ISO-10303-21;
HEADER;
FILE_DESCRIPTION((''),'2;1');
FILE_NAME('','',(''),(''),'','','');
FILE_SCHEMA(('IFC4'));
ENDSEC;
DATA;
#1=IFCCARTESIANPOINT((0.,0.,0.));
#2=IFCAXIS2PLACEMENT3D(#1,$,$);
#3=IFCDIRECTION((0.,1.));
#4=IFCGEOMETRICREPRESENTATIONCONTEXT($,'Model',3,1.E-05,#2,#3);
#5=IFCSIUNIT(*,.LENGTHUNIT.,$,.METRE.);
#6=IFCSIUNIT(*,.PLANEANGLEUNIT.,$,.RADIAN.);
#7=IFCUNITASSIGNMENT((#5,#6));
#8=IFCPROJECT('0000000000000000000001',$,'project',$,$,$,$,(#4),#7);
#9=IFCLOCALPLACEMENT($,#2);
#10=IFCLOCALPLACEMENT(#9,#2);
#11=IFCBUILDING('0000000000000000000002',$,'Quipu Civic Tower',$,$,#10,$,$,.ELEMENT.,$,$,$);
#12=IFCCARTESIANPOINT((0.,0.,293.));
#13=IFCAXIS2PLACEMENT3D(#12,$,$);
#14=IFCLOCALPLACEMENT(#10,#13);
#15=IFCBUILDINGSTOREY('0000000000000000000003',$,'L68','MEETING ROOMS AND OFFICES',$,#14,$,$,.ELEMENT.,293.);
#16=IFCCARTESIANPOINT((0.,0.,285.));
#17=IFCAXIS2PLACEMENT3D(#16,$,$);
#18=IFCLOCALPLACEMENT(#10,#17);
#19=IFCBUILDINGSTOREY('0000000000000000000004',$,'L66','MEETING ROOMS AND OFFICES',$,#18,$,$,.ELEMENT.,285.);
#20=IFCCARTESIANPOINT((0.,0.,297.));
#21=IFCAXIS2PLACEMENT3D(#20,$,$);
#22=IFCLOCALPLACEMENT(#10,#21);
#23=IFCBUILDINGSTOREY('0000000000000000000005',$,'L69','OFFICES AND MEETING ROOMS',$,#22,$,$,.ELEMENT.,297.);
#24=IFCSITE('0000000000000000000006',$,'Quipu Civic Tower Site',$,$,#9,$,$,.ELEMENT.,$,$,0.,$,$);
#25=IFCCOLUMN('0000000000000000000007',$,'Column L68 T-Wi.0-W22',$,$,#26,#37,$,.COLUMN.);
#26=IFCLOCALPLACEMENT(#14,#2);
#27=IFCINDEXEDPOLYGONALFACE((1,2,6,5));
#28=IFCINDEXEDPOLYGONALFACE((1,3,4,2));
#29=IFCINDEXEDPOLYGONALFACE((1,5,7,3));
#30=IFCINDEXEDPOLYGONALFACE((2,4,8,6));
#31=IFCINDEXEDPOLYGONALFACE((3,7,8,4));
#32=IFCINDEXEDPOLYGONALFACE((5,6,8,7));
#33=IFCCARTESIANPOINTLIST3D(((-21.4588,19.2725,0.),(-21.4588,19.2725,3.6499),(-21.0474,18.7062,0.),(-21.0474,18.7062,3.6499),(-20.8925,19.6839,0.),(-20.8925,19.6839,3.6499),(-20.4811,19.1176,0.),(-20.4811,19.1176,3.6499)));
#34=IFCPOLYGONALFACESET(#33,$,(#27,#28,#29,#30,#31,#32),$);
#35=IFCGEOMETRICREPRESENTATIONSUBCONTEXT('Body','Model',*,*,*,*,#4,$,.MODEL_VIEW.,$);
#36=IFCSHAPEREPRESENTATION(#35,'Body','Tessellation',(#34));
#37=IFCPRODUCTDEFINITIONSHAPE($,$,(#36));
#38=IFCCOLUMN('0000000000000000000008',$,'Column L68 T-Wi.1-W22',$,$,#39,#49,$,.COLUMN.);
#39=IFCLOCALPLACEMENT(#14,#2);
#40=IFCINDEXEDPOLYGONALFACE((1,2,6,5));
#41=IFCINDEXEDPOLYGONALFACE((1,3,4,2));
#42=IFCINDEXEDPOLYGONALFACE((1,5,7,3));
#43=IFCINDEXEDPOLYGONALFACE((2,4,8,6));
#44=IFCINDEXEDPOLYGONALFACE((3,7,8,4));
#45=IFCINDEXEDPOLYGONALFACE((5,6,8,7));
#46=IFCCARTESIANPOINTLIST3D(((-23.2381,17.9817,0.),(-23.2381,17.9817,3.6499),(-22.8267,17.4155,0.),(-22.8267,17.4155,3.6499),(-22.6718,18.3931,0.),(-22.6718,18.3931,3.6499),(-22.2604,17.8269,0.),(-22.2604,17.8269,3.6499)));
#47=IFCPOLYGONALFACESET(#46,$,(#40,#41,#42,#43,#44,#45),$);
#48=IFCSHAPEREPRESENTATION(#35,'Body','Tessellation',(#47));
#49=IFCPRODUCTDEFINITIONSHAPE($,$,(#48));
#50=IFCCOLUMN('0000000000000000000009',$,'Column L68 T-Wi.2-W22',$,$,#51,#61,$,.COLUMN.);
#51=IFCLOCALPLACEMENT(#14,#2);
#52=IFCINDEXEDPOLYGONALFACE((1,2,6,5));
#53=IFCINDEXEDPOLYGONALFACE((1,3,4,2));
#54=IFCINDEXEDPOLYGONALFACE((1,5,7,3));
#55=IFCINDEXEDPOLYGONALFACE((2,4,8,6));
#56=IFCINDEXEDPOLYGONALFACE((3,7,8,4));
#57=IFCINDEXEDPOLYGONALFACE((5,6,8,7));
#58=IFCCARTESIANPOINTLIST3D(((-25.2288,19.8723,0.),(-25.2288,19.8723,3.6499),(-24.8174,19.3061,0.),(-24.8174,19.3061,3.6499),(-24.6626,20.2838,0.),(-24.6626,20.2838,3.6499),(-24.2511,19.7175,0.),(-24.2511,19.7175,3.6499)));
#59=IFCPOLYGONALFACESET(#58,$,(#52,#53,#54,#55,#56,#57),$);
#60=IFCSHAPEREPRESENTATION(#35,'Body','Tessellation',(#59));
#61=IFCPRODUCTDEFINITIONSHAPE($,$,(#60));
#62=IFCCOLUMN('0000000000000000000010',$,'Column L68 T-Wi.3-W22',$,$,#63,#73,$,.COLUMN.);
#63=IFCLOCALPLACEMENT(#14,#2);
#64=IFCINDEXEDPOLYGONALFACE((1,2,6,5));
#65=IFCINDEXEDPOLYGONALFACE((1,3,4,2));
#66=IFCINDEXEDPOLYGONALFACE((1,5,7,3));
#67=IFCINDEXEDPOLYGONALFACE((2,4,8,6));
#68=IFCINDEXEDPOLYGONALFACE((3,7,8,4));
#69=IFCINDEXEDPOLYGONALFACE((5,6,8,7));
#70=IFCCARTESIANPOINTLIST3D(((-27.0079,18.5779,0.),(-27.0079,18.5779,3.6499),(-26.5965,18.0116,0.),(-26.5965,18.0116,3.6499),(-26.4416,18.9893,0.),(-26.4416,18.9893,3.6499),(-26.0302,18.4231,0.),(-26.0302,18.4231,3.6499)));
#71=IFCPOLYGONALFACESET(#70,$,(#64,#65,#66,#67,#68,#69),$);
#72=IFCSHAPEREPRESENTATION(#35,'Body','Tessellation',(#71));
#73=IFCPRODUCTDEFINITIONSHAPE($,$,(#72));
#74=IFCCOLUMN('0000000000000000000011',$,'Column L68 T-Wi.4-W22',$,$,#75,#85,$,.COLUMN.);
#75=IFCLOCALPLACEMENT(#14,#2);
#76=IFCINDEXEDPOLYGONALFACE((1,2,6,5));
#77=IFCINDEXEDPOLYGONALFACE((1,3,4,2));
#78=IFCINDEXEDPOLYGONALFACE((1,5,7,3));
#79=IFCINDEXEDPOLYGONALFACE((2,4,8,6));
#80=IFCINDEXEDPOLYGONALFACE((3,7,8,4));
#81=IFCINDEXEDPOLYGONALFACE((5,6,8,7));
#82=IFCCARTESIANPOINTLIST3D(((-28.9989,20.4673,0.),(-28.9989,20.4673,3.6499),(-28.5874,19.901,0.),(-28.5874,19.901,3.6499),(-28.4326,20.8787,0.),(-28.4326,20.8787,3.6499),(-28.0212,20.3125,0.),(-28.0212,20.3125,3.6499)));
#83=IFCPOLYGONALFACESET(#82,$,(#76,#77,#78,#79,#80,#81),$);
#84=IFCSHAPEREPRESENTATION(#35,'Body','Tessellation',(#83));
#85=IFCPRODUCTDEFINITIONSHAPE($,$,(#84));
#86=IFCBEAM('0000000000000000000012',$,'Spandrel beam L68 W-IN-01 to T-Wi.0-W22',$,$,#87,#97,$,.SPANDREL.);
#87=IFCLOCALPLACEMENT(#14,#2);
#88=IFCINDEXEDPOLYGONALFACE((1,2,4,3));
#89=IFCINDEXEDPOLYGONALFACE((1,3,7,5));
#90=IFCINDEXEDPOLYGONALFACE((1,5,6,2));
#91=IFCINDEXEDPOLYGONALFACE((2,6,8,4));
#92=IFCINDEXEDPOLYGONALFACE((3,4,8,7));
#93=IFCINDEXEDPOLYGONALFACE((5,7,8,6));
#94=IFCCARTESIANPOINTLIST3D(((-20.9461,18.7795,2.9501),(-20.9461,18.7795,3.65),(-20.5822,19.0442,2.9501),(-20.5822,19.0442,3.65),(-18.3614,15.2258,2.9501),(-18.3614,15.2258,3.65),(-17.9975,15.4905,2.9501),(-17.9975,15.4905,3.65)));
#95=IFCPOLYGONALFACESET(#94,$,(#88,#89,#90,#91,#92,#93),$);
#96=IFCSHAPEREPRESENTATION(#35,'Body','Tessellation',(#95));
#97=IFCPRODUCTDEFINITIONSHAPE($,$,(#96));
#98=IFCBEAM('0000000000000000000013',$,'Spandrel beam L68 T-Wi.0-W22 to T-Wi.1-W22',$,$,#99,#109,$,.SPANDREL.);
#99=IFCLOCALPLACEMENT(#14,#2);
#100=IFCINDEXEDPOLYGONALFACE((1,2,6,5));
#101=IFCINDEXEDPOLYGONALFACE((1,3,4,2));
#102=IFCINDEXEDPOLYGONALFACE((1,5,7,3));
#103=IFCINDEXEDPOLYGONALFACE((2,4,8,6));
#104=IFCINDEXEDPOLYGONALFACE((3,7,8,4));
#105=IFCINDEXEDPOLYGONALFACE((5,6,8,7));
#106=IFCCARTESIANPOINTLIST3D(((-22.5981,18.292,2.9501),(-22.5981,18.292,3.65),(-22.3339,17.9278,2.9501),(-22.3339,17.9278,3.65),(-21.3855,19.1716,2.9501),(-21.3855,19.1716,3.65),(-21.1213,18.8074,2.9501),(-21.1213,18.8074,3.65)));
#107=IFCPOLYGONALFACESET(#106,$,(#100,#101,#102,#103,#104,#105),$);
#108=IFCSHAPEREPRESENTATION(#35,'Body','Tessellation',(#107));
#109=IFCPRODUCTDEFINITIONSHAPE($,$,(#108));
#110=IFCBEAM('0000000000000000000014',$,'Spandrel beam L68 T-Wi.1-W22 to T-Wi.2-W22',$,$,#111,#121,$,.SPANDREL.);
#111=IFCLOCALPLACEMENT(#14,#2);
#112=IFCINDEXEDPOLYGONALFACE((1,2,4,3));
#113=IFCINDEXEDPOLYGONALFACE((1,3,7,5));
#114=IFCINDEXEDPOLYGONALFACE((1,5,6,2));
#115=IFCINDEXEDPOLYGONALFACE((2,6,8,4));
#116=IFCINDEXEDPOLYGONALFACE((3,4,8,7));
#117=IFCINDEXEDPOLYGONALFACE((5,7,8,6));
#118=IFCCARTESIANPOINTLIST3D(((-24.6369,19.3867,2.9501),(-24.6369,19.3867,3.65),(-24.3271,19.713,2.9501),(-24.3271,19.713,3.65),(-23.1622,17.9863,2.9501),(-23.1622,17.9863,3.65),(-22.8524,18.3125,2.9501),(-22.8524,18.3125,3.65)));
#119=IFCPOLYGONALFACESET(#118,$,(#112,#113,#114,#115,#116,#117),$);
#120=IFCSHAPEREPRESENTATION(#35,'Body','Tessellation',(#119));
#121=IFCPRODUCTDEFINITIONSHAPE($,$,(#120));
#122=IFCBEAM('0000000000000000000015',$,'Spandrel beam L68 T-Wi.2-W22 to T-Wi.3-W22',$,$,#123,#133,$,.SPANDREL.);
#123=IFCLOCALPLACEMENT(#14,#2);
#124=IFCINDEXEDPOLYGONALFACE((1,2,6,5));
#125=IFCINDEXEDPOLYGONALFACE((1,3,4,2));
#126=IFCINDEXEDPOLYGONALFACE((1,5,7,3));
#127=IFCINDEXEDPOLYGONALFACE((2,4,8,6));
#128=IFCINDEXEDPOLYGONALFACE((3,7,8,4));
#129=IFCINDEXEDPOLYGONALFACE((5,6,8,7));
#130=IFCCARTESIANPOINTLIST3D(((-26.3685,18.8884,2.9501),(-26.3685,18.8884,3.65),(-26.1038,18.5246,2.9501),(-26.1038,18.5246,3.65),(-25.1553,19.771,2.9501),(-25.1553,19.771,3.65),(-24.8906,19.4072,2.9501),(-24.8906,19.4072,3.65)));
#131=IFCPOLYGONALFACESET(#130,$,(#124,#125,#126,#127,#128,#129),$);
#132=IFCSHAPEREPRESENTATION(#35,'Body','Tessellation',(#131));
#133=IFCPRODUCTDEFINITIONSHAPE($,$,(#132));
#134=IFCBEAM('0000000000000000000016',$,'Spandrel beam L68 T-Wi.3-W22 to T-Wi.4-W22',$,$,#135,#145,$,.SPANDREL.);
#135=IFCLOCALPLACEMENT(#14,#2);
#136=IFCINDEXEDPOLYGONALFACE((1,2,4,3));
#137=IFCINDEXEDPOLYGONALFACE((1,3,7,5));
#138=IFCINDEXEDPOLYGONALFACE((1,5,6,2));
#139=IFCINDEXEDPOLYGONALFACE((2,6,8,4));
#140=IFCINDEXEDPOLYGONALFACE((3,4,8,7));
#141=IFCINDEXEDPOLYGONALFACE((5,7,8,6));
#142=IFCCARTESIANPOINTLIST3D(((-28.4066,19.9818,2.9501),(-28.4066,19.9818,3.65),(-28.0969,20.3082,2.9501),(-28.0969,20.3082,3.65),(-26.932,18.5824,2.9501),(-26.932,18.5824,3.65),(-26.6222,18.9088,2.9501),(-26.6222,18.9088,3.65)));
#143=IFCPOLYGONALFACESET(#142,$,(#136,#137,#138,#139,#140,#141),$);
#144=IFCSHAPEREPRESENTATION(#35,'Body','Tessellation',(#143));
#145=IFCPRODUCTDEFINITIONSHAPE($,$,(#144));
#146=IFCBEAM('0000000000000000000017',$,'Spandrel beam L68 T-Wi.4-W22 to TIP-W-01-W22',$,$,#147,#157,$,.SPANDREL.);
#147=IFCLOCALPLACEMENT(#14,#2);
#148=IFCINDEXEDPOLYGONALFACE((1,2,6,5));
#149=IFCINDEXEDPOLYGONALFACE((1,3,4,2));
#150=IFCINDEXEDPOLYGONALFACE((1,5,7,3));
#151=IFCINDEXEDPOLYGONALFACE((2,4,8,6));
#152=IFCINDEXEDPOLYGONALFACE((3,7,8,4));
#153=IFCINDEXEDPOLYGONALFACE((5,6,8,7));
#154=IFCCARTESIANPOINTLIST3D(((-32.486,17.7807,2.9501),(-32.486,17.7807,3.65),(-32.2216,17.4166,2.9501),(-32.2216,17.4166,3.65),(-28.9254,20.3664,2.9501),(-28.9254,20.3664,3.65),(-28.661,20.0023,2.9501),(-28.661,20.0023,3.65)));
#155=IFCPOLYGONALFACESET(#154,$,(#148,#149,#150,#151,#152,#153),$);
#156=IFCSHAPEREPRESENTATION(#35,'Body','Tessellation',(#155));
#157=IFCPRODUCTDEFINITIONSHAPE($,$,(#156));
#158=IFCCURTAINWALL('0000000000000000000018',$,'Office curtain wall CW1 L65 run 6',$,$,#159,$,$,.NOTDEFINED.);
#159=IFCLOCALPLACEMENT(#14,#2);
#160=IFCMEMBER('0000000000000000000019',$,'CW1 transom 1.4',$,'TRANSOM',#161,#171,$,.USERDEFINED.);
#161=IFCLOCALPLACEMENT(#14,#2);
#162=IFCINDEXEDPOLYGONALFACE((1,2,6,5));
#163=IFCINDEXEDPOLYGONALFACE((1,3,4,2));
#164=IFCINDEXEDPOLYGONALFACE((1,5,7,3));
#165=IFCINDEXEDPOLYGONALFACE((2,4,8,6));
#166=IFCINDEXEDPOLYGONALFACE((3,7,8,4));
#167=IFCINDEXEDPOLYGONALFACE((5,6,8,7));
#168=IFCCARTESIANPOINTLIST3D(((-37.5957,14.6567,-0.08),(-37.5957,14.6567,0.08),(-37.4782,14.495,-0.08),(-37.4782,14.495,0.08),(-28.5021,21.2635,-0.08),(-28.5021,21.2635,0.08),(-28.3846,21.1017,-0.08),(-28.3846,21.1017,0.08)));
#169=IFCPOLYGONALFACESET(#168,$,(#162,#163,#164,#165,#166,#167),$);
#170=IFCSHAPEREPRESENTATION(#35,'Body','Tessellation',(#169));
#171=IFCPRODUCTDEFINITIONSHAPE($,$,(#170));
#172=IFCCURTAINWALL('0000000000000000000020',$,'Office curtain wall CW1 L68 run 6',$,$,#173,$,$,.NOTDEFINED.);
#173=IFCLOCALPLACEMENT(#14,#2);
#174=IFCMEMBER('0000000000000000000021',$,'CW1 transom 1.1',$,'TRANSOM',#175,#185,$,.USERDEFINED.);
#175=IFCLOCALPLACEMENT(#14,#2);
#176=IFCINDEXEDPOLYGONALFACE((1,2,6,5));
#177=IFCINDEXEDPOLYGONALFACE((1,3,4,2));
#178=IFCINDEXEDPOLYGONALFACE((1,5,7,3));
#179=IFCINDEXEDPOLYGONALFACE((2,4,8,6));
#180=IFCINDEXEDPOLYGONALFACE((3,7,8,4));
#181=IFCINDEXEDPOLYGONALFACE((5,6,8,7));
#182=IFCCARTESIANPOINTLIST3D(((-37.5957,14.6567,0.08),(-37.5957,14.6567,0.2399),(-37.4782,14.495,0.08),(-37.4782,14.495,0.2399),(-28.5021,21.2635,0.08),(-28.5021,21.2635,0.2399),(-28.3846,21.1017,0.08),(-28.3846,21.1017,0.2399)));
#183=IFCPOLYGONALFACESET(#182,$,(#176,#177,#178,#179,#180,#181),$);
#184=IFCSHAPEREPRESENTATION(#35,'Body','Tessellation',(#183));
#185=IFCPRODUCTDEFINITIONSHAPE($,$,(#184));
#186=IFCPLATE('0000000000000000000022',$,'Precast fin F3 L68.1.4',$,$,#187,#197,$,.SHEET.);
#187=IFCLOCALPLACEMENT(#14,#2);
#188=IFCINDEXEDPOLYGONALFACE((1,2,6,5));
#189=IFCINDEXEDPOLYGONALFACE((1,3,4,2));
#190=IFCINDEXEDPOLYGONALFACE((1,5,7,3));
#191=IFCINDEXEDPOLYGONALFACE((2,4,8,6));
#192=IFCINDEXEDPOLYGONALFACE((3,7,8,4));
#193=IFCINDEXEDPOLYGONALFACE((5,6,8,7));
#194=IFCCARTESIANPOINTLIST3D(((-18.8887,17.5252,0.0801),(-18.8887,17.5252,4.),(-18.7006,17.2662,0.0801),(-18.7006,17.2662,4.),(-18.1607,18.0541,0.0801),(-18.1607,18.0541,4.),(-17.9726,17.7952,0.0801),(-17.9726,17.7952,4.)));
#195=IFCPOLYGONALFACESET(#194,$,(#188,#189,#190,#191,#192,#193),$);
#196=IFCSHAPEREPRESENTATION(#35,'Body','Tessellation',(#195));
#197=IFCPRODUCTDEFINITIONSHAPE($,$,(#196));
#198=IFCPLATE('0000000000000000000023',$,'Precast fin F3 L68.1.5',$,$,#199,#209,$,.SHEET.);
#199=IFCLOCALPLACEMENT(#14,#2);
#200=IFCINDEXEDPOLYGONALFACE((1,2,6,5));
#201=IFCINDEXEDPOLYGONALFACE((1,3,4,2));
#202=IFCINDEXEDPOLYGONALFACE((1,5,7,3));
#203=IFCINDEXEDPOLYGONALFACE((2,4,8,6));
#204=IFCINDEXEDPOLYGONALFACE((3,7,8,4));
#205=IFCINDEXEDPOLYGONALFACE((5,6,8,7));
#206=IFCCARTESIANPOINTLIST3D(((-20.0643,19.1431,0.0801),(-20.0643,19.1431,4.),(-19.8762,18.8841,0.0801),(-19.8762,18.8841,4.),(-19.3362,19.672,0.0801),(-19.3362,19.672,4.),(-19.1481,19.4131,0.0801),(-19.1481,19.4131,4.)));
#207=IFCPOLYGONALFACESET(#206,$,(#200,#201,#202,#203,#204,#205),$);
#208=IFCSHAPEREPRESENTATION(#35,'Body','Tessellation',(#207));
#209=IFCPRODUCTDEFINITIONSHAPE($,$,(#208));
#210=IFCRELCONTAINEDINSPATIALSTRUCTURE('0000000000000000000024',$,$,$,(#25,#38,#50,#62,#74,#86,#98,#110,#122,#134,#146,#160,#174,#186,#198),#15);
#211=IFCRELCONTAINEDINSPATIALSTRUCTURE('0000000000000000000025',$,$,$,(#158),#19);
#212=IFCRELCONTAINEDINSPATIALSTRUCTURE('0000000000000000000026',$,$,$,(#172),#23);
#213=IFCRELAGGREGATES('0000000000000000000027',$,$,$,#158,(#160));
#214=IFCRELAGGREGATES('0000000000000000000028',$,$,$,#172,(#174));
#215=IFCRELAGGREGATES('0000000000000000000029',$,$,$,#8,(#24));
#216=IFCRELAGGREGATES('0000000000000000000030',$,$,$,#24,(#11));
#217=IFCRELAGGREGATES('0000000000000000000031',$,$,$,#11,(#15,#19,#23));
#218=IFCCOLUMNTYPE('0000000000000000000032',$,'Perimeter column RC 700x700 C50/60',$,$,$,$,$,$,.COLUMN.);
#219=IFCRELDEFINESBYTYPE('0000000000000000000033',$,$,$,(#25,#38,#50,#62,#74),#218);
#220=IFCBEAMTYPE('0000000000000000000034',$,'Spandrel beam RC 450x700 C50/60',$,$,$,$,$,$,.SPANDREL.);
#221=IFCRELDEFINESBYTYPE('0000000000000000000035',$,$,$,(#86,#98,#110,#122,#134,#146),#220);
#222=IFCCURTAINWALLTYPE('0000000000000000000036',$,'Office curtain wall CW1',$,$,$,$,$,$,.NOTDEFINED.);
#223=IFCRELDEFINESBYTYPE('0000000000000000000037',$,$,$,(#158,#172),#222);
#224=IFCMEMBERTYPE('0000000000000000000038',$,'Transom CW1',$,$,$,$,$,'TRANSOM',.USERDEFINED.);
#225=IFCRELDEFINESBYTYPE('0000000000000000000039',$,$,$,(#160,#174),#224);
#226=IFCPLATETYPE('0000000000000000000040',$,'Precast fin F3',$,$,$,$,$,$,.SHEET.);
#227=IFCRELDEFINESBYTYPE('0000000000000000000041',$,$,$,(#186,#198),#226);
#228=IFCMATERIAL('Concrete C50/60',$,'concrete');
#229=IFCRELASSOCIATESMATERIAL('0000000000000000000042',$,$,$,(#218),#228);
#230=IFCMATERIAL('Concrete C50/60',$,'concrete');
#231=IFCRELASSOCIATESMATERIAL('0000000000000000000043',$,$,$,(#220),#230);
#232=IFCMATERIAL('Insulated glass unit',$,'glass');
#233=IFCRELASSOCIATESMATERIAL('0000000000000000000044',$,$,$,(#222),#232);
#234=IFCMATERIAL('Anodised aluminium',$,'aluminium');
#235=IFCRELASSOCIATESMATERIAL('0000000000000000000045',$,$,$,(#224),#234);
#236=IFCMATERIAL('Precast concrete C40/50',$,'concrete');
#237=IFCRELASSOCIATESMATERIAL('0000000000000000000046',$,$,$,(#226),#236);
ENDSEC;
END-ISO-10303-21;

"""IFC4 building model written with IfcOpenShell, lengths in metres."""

from ifc_helpers import new_model, si_unit, direction, frame, origin, origin_2d, place, context, subcontext, project, spatial, rectangle, extrude, material, material_profile, profile_set, type_object, element, aggregate, save


model = new_model("IFC4")

# Units and contexts
model_context = context("Model", 3, precision=1e-05, world=origin(), true_north=direction((0.0, 1.0)))
body_context = subcontext(model_context, "Body", "Model", "MODEL_VIEW")
ifc_project = project(units=[si_unit("LENGTHUNIT", "METRE"), si_unit("PLANEANGLEUNIT", "RADIAN")], contexts=[model_context])

# Site, building, storey
site_placement = place(None, origin())
site = spatial("IfcSite", under=ifc_project, at=site_placement, Name="Quipu Civic Tower Site", CompositionType="ELEMENT", RefElevation=0.0)
building_placement = place(site_placement, origin())
building = spatial("IfcBuilding", under=site, at=building_placement, Name="Quipu Civic Tower", CompositionType="ELEMENT")
storey_1_placement = place(building_placement, frame((0.0, 0.0, 293.0)))
storey_1 = spatial("IfcBuildingStorey", under=building, at=storey_1_placement, Name="L68", Description="MEETING ROOMS AND OFFICES", CompositionType="ELEMENT", Elevation=293.0)

# Columns
ifc_material_1 = material(Name="Concrete C50/60", Category="concrete")
ifc_material_profile_1 = material_profile(ifc_material_1, rectangle(XDim=0.7, YDim=0.7, at=origin_2d()), Name="RC700x700")
ifc_profile_set_1 = profile_set([ifc_material_profile_1], Name="Concrete C50/60")
column_type = type_object("IfcColumnType", Name="Perimeter column RC 700x700 C50/60", PredefinedType="COLUMN", material=ifc_profile_set_1)
for number, where, z_axis, x_axis, name in (
    (1, (-20.97, 19.1951, 0.0), (0.0, 0.0, 1.0), (-0.587785, 0.809017, 0.0), "Column L68 T-Wi.0-W22"),
    (2, (-22.7493, 17.9043, 0.0), (0.0, 0.0, 1.0), (-0.587785, 0.809017, 0.0), "Column L68 T-Wi.1-W22"),
    (3, (-24.74, 19.7949, 0.0), (0.0, 0.0, 1.0), (-0.587785, 0.809017, 0.0), "Column L68 T-Wi.2-W22"),
    (4, (-26.519, 18.5005, 0.0), (0.0, 0.0, 1.0), (-0.587785, 0.809017, 0.0), "Column L68 T-Wi.3-W22"),
    (5, (-28.51, 20.3899, 0.0), (0.0, 0.0, 1.0), (-0.809017, -0.587785, 0.0), "Column L68 T-Wi.4-W22"),
):
    element("IfcColumn", number, at=place(storey_1_placement, frame(where, z_axis=z_axis, x_axis=x_axis)), inside=storey_1, type_object=column_type, Name=name, PredefinedType="COLUMN", context=body_context, shape_type="SweptSolid", body=[
        extrude(rectangle(XDim=0.7, YDim=0.7, at=origin_2d()), origin(), (0.0, 0.0, 1.0), 3.6499),
    ])

# Beams
ifc_material_2 = material(Name="Concrete C50/60", Category="concrete")
ifc_material_profile_2 = material_profile(ifc_material_2, rectangle(XDim=0.45, YDim=0.7, at=origin_2d()), Name="RC450x700")
ifc_profile_set_2 = profile_set([ifc_material_profile_2], Name="Concrete C50/60")
beam_type = type_object("IfcBeamType", Name="Spandrel beam RC 450x700 C50/60", PredefinedType="SPANDREL", material=ifc_profile_set_2)
beam_1_placement = place(storey_1_placement, frame((-18.1794, 15.3582, 3.3), z_axis=(-0.588201, 0.808714, 0.0), x_axis=(-0.808714, -0.588201, 0.0)))
element("IfcBeam", 6, at=beam_1_placement, inside=storey_1, type_object=beam_type, Name="Spandrel beam L68 W-IN-01 to T-Wi.0-W22", PredefinedType="SPANDREL", context=body_context, shape_type="SweptSolid", body=[
    extrude(rectangle(XDim=0.45, YDim=0.7, at=origin_2d()), origin(), (0.0, 0.0, 1.0), 4.3943),
])
beam_2_placement = place(storey_1_placement, frame((-21.2534, 18.9895, 3.3), z_axis=(-0.809461, -0.587173, 0.0), x_axis=(0.587173, -0.809461, 0.0)))
element("IfcBeam", 7, at=beam_2_placement, inside=storey_1, type_object=beam_type, Name="Spandrel beam L68 T-Wi.0-W22 to T-Wi.1-W22", PredefinedType="SPANDREL", context=body_context, shape_type="SweptSolid", body=[
    extrude(rectangle(XDim=0.45, YDim=0.7, at=origin_2d()), origin(), (0.0, 0.0, 1.0), 1.498),
])
beam_3_placement = place(storey_1_placement, frame((-23.0073, 18.1494, 3.3), z_axis=(-0.725119, 0.688623, 0.0), x_axis=(-0.688623, -0.725119, 0.0)))
element("IfcBeam", 8, at=beam_3_placement, inside=storey_1, type_object=beam_type, Name="Spandrel beam L68 T-Wi.1-W22 to T-Wi.2-W22", PredefinedType="SPANDREL", context=body_context, shape_type="SweptSolid", body=[
    extrude(rectangle(XDim=0.45, YDim=0.7, at=origin_2d()), origin(), (0.0, 0.0, 1.0), 2.0337),
])
beam_4_placement = place(storey_1_placement, frame((-25.0229, 19.5891, 3.3), z_axis=(-0.808645, -0.588297, 0.0), x_axis=(0.588297, -0.808645, 0.0)))
element("IfcBeam", 9, at=beam_4_placement, inside=storey_1, type_object=beam_type, Name="Spandrel beam L68 T-Wi.2-W22 to T-Wi.3-W22", PredefinedType="SPANDREL", context=body_context, shape_type="SweptSolid", body=[
    extrude(rectangle(XDim=0.45, YDim=0.7, at=origin_2d()), origin(), (0.0, 0.0, 1.0), 1.5002),
])
beam_5_placement = place(storey_1_placement, frame((-26.7771, 18.7456, 3.3), z_axis=(-0.725359, 0.688371, 0.0), x_axis=(-0.688371, -0.725359, 0.0)))
element("IfcBeam", 10, at=beam_5_placement, inside=storey_1, type_object=beam_type, Name="Spandrel beam L68 T-Wi.3-W22 to T-Wi.4-W22", PredefinedType="SPANDREL", context=body_context, shape_type="SweptSolid", body=[
    extrude(rectangle(XDim=0.45, YDim=0.7, at=origin_2d()), origin(), (0.0, 0.0, 1.0), 2.033),
])
beam_6_placement = place(storey_1_placement, frame((-28.7932, 20.1843, 3.3), z_axis=(-0.809146, -0.587607, 0.0), x_axis=(0.587607, -0.809146, 0.0)))
element("IfcBeam", 11, at=beam_6_placement, inside=storey_1, type_object=beam_type, Name="Spandrel beam L68 T-Wi.4-W22 to TIP-W-01-W22", PredefinedType="SPANDREL", context=body_context, shape_type="SweptSolid", body=[
    extrude(rectangle(XDim=0.45, YDim=0.7, at=origin_2d()), origin(), (0.0, 0.0, 1.0), 4.4004),
])

# Shared definitions
storey_2_placement = place(building_placement, frame((0.0, 0.0, 285.0)))
storey_2 = spatial("IfcBuildingStorey", under=building, at=storey_2_placement, Name="L66", Description="MEETING ROOMS AND OFFICES", CompositionType="ELEMENT", Elevation=285.0)

# Curtain wall, member
ifc_material_3 = material(Name="Insulated glass unit", Category="glass")
curtain_wall_type = type_object("IfcCurtainWallType", Name="Office curtain wall CW1", PredefinedType="NOTDEFINED", material=ifc_material_3)
curtain_wall_1_placement = place(storey_2_placement, origin())
curtain_wall_1 = element("IfcCurtainWall", 12, at=curtain_wall_1_placement, inside=storey_2, type_object=curtain_wall_type, Name="Office curtain wall CW1 L65 run 6", PredefinedType="NOTDEFINED")
ifc_material_4 = material(Name="Anodised aluminium", Category="aluminium")
ifc_material_profile_3 = material_profile(ifc_material_4, rectangle(XDim=0.2, YDim=0.1599, at=origin_2d()), Name="RECT 200x160")
ifc_profile_set_3 = profile_set([ifc_material_profile_3], Name="Anodised aluminium")
member_type = type_object("IfcMemberType", Name="Transom CW1", ElementType="TRANSOM", PredefinedType="USERDEFINED", material=ifc_profile_set_3)
member_1_placement = place(storey_1_placement, frame((-28.4434, 21.1826, 0.0), z_axis=(-0.809022, -0.587778, 0.0), x_axis=(0.587778, -0.809022, 0.0)))
member_1 = element("IfcMember", 13, at=member_1_placement, inside=storey_1, type_object=member_type, Name="CW1 transom 1.4", ObjectType="TRANSOM", PredefinedType="USERDEFINED", context=body_context, shape_type="SweptSolid", body=[
    extrude(rectangle(XDim=0.2, YDim=0.1599, at=origin_2d()), origin(), (0.0, 0.0, 1.0), 11.2402),
])
aggregate(curtain_wall_1, [member_1])

# Shared definitions
storey_3_placement = place(building_placement, frame((0.0, 0.0, 297.0)))
storey_3 = spatial("IfcBuildingStorey", under=building, at=storey_3_placement, Name="L69", Description="OFFICES AND MEETING ROOMS", CompositionType="ELEMENT", Elevation=297.0)

# Curtain wall, member
curtain_wall_2_placement = place(storey_3_placement, origin())
curtain_wall_2 = element("IfcCurtainWall", 14, at=curtain_wall_2_placement, inside=storey_3, type_object=curtain_wall_type, Name="Office curtain wall CW1 L68 run 6", PredefinedType="NOTDEFINED")
member_2_placement = place(storey_1_placement, frame((-28.4434, 21.1826, 0.1599), z_axis=(-0.809022, -0.587778, 0.0), x_axis=(0.587778, -0.809022, 0.0)))
member_2 = element("IfcMember", 15, at=member_2_placement, inside=storey_1, type_object=member_type, Name="CW1 transom 1.1", ObjectType="TRANSOM", PredefinedType="USERDEFINED", context=body_context, shape_type="SweptSolid", body=[
    extrude(rectangle(XDim=0.2, YDim=0.1599, at=origin_2d()), origin(), (0.0, 0.0, 1.0), 11.2402),
])
aggregate(curtain_wall_2, [member_2])

# Plates
ifc_material_5 = material(Name="Precast concrete C40/50", Category="concrete")
plate_type = type_object("IfcPlateType", Name="Precast fin F3", PredefinedType="SHEET", material=ifc_material_5)
for number, where, z_axis, x_axis, name in (
    (16, (-18.4307, 17.6602, 0.0801), (0.0, 0.0, 1.0), (-0.587784, 0.809018, 0.0), "Precast fin F3 L68.1.4"),
    (17, (-19.6062, 19.2781, 0.0801), (0.0, 0.0, 1.0), (-0.587784, 0.809018, 0.0), "Precast fin F3 L68.1.5"),
):
    element("IfcPlate", number, at=place(storey_1_placement, frame(where, z_axis=z_axis, x_axis=x_axis)), inside=storey_1, type_object=plate_type, Name=name, PredefinedType="SHEET", context=body_context, shape_type="SweptSolid", body=[
        extrude(rectangle(XDim=0.3201, YDim=0.8999, at=origin_2d()), origin(), (0.0, 0.0, 1.0), 3.9199),
    ])

save(model, "model.ifc")
